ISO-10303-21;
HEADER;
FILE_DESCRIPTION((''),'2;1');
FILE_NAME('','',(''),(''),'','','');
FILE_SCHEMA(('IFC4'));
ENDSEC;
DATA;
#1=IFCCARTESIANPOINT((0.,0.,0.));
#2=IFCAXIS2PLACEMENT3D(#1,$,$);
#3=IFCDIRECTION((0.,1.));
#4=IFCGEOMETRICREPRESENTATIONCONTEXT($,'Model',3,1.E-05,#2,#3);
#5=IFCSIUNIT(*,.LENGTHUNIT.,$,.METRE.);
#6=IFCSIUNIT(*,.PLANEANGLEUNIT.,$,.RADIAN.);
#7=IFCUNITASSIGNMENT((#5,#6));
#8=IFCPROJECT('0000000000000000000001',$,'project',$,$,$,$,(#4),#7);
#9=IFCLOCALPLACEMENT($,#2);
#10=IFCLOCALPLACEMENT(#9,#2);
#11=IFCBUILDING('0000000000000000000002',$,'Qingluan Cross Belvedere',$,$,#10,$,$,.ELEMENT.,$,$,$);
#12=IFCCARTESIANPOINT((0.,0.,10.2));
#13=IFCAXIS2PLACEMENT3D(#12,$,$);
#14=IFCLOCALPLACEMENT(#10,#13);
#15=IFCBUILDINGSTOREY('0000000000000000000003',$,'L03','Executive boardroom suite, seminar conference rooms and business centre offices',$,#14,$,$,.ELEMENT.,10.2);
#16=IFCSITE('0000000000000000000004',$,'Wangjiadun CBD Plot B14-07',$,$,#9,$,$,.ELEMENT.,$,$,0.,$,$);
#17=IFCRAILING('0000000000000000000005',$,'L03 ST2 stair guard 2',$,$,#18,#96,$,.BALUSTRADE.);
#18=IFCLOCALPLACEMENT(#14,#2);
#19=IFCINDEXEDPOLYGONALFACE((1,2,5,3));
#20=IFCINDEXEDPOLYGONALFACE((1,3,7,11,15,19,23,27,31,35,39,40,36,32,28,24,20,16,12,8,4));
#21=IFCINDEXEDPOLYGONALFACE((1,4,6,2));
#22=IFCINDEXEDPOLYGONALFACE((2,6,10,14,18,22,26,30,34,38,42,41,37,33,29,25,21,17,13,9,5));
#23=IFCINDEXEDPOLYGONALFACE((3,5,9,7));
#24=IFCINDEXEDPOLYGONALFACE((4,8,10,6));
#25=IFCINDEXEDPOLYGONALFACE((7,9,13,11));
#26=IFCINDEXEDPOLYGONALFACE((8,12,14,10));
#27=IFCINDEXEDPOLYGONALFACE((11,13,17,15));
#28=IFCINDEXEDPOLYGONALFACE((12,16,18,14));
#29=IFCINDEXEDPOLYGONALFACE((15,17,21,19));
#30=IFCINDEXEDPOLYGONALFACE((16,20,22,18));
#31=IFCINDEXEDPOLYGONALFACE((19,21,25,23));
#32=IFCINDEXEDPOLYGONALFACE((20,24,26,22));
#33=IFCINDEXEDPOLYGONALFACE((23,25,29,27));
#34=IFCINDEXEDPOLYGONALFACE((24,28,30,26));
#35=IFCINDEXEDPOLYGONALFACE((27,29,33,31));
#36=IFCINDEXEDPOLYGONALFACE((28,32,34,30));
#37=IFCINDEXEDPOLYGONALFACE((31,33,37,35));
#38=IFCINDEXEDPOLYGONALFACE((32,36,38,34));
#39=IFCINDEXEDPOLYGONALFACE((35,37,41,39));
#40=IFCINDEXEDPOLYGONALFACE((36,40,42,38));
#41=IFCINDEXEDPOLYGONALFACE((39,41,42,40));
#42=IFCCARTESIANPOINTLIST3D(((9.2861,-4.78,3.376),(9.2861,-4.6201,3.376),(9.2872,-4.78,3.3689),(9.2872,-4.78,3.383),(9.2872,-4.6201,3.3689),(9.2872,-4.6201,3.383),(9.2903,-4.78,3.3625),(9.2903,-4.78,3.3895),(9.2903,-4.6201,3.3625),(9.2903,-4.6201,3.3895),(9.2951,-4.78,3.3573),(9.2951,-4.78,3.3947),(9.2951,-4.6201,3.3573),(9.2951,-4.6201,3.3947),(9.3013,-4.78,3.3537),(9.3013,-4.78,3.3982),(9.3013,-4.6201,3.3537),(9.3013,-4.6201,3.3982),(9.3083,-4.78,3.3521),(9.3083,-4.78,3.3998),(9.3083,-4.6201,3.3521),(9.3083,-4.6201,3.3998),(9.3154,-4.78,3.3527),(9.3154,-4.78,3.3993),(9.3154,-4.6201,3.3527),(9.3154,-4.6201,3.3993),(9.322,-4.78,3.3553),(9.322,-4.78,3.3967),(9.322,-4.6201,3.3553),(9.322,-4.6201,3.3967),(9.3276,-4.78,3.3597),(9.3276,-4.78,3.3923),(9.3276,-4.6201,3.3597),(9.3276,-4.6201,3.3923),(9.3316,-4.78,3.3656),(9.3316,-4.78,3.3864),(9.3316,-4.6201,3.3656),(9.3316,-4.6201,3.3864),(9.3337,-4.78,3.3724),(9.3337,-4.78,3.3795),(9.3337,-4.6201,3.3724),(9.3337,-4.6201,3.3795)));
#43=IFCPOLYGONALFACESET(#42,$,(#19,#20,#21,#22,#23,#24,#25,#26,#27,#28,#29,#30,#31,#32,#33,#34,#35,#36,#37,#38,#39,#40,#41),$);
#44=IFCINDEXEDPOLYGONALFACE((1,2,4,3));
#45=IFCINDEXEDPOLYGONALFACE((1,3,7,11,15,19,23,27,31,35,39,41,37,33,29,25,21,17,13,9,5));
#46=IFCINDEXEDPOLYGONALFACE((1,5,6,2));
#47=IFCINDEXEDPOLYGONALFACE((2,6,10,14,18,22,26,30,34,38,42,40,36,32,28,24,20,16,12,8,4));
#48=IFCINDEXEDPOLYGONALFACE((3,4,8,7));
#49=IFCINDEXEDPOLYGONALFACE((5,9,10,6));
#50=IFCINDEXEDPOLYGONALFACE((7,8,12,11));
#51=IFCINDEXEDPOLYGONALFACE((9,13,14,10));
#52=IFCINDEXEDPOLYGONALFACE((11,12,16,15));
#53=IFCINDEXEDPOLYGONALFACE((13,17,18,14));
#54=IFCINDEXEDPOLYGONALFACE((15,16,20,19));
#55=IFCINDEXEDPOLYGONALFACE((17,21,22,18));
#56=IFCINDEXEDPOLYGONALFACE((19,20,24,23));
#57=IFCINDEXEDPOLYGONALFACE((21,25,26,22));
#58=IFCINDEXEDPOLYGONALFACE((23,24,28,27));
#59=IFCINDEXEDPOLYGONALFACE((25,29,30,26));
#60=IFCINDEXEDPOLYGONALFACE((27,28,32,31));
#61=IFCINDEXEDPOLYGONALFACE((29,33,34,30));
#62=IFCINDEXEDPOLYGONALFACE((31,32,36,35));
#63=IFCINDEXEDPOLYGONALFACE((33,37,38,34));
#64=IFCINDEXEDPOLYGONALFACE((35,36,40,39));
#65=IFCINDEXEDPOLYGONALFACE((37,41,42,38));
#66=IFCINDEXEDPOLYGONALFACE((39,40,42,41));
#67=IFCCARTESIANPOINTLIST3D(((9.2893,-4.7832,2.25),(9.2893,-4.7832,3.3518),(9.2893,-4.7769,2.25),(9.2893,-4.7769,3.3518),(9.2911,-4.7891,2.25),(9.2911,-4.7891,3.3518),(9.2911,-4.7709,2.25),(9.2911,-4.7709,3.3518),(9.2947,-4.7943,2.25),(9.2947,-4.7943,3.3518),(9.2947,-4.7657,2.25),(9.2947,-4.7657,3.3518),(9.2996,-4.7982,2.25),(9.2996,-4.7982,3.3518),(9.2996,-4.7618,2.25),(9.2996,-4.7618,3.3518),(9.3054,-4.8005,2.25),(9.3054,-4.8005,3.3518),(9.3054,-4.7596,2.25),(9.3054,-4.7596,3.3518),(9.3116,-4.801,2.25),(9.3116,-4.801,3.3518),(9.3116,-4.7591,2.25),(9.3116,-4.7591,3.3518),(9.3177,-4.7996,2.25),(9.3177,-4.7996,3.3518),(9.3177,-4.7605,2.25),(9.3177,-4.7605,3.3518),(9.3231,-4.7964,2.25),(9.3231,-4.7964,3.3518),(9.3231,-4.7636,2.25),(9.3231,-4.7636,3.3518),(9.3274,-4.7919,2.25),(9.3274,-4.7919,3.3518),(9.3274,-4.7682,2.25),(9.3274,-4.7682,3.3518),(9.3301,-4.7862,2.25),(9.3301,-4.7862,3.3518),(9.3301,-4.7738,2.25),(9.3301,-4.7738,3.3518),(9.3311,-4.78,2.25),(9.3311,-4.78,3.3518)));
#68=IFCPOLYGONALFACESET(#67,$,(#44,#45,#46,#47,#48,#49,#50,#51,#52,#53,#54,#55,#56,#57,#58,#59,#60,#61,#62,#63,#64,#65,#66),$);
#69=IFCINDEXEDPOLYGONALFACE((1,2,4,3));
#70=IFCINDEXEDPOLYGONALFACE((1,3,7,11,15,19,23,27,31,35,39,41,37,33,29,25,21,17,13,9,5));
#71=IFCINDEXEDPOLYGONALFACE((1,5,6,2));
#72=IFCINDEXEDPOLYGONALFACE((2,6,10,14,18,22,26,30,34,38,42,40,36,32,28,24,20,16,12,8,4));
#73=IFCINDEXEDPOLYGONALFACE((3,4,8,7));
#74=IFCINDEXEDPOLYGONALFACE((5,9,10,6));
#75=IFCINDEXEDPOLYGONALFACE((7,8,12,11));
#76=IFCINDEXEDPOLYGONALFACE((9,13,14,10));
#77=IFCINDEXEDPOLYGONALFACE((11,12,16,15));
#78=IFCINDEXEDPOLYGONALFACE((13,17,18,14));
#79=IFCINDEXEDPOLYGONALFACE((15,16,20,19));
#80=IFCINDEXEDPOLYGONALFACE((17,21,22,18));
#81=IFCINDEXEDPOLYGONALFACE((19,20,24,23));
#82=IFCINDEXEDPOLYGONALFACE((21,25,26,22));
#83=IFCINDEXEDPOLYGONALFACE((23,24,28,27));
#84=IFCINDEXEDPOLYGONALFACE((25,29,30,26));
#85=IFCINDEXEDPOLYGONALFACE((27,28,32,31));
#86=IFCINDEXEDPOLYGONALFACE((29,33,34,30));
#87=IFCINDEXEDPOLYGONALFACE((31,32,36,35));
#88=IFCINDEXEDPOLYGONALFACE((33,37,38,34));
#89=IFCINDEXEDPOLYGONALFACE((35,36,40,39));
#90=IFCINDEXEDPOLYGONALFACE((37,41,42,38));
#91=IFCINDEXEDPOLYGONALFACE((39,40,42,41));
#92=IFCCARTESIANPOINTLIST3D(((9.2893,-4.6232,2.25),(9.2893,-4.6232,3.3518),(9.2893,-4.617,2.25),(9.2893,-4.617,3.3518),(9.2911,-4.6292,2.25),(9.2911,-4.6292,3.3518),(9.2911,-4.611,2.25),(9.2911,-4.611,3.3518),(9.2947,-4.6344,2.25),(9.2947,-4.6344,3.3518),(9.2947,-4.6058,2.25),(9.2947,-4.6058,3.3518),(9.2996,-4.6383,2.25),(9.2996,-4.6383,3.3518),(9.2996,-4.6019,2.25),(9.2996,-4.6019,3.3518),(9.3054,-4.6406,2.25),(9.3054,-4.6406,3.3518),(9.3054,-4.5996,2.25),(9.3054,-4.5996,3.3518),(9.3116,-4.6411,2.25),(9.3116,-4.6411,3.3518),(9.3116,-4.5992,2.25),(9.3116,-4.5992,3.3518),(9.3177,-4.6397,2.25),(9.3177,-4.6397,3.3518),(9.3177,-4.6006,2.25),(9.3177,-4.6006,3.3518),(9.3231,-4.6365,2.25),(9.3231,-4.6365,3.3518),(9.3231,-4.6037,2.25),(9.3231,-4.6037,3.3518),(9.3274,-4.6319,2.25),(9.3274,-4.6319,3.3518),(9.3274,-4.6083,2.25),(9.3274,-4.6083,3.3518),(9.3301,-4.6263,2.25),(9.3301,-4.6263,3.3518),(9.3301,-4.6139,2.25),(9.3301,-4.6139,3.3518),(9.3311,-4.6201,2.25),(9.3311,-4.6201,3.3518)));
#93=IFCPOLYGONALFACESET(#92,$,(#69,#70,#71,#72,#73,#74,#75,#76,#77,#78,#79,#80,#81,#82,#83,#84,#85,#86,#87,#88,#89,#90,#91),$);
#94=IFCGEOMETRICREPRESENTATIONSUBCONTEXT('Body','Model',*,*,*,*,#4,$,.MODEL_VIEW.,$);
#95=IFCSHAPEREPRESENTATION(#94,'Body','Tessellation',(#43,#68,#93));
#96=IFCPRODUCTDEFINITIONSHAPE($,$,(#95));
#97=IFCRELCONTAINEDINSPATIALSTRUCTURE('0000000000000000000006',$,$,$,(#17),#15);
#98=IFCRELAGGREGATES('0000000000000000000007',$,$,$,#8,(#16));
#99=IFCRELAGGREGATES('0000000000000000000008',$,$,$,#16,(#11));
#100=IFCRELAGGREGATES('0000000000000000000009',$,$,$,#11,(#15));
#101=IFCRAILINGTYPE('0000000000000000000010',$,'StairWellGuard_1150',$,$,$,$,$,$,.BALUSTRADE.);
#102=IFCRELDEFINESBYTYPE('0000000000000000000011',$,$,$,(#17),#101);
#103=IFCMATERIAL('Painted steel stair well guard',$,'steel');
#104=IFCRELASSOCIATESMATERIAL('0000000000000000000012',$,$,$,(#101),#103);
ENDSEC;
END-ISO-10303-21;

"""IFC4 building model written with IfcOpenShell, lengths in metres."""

from ifc_helpers import new_model, si_unit, direction, frame, origin, origin_2d, place, context, subcontext, project, spatial, circle, extrude, material, type_object, element, save


model = new_model("IFC4")

# Units and contexts
model_context = context("Model", 3, precision=1e-05, world=origin(), true_north=direction((0.0, 1.0)))
body_context = subcontext(model_context, "Body", "Model", "MODEL_VIEW")
ifc_project = project(units=[si_unit("LENGTHUNIT", "METRE"), si_unit("PLANEANGLEUNIT", "RADIAN")], contexts=[model_context])

# Site, building, storey
site_placement = place(None, origin())
site = spatial("IfcSite", under=ifc_project, at=site_placement, Name="Wangjiadun CBD Plot B14-07", CompositionType="ELEMENT", RefElevation=0.0)
building_placement = place(site_placement, origin())
building = spatial("IfcBuilding", under=site, at=building_placement, Name="Qingluan Cross Belvedere", CompositionType="ELEMENT")
storey_placement = place(building_placement, frame((0.0, 0.0, 10.2)))
storey = spatial("IfcBuildingStorey", under=building, at=storey_placement, Name="L03", Description="Executive boardroom suite, seminar conference rooms and business centre offices", CompositionType="ELEMENT", Elevation=10.2)

# Railing
ifc_material_1 = material(Name="Painted steel stair well guard", Category="steel")
railing_type_1 = type_object("IfcRailingType", Name="StairWellGuard_1150", PredefinedType="BALUSTRADE", material=ifc_material_1)
railing_1_placement = place(storey_placement, frame((9.3101, -4.78, 2.25)))
element("IfcRailing", 1, at=railing_1_placement, inside=storey, type_object=railing_type_1, Name="L03 ST2 stair guard 2", PredefinedType="BALUSTRADE", context=body_context, shape_type="SweptSolid", body=[
    extrude(circle(Radius=0.0239, at=origin_2d()), frame((0.0, 0.0, 1.126), z_axis=(0.0, 1.0, 0.0), x_axis=(-1.0, 0.0, 0.0)), (0.0, 0.0, 1.0), 0.1599),
    extrude(circle(Radius=0.021, at=origin_2d()), origin(), (0.0, 0.0, 1.0), 1.1018),
    extrude(circle(Radius=0.021, at=origin_2d()), frame((0.0, 0.1599, 0.0)), (0.0, 0.0, 1.0), 1.1018),
])

save(model, "model.ifc")
